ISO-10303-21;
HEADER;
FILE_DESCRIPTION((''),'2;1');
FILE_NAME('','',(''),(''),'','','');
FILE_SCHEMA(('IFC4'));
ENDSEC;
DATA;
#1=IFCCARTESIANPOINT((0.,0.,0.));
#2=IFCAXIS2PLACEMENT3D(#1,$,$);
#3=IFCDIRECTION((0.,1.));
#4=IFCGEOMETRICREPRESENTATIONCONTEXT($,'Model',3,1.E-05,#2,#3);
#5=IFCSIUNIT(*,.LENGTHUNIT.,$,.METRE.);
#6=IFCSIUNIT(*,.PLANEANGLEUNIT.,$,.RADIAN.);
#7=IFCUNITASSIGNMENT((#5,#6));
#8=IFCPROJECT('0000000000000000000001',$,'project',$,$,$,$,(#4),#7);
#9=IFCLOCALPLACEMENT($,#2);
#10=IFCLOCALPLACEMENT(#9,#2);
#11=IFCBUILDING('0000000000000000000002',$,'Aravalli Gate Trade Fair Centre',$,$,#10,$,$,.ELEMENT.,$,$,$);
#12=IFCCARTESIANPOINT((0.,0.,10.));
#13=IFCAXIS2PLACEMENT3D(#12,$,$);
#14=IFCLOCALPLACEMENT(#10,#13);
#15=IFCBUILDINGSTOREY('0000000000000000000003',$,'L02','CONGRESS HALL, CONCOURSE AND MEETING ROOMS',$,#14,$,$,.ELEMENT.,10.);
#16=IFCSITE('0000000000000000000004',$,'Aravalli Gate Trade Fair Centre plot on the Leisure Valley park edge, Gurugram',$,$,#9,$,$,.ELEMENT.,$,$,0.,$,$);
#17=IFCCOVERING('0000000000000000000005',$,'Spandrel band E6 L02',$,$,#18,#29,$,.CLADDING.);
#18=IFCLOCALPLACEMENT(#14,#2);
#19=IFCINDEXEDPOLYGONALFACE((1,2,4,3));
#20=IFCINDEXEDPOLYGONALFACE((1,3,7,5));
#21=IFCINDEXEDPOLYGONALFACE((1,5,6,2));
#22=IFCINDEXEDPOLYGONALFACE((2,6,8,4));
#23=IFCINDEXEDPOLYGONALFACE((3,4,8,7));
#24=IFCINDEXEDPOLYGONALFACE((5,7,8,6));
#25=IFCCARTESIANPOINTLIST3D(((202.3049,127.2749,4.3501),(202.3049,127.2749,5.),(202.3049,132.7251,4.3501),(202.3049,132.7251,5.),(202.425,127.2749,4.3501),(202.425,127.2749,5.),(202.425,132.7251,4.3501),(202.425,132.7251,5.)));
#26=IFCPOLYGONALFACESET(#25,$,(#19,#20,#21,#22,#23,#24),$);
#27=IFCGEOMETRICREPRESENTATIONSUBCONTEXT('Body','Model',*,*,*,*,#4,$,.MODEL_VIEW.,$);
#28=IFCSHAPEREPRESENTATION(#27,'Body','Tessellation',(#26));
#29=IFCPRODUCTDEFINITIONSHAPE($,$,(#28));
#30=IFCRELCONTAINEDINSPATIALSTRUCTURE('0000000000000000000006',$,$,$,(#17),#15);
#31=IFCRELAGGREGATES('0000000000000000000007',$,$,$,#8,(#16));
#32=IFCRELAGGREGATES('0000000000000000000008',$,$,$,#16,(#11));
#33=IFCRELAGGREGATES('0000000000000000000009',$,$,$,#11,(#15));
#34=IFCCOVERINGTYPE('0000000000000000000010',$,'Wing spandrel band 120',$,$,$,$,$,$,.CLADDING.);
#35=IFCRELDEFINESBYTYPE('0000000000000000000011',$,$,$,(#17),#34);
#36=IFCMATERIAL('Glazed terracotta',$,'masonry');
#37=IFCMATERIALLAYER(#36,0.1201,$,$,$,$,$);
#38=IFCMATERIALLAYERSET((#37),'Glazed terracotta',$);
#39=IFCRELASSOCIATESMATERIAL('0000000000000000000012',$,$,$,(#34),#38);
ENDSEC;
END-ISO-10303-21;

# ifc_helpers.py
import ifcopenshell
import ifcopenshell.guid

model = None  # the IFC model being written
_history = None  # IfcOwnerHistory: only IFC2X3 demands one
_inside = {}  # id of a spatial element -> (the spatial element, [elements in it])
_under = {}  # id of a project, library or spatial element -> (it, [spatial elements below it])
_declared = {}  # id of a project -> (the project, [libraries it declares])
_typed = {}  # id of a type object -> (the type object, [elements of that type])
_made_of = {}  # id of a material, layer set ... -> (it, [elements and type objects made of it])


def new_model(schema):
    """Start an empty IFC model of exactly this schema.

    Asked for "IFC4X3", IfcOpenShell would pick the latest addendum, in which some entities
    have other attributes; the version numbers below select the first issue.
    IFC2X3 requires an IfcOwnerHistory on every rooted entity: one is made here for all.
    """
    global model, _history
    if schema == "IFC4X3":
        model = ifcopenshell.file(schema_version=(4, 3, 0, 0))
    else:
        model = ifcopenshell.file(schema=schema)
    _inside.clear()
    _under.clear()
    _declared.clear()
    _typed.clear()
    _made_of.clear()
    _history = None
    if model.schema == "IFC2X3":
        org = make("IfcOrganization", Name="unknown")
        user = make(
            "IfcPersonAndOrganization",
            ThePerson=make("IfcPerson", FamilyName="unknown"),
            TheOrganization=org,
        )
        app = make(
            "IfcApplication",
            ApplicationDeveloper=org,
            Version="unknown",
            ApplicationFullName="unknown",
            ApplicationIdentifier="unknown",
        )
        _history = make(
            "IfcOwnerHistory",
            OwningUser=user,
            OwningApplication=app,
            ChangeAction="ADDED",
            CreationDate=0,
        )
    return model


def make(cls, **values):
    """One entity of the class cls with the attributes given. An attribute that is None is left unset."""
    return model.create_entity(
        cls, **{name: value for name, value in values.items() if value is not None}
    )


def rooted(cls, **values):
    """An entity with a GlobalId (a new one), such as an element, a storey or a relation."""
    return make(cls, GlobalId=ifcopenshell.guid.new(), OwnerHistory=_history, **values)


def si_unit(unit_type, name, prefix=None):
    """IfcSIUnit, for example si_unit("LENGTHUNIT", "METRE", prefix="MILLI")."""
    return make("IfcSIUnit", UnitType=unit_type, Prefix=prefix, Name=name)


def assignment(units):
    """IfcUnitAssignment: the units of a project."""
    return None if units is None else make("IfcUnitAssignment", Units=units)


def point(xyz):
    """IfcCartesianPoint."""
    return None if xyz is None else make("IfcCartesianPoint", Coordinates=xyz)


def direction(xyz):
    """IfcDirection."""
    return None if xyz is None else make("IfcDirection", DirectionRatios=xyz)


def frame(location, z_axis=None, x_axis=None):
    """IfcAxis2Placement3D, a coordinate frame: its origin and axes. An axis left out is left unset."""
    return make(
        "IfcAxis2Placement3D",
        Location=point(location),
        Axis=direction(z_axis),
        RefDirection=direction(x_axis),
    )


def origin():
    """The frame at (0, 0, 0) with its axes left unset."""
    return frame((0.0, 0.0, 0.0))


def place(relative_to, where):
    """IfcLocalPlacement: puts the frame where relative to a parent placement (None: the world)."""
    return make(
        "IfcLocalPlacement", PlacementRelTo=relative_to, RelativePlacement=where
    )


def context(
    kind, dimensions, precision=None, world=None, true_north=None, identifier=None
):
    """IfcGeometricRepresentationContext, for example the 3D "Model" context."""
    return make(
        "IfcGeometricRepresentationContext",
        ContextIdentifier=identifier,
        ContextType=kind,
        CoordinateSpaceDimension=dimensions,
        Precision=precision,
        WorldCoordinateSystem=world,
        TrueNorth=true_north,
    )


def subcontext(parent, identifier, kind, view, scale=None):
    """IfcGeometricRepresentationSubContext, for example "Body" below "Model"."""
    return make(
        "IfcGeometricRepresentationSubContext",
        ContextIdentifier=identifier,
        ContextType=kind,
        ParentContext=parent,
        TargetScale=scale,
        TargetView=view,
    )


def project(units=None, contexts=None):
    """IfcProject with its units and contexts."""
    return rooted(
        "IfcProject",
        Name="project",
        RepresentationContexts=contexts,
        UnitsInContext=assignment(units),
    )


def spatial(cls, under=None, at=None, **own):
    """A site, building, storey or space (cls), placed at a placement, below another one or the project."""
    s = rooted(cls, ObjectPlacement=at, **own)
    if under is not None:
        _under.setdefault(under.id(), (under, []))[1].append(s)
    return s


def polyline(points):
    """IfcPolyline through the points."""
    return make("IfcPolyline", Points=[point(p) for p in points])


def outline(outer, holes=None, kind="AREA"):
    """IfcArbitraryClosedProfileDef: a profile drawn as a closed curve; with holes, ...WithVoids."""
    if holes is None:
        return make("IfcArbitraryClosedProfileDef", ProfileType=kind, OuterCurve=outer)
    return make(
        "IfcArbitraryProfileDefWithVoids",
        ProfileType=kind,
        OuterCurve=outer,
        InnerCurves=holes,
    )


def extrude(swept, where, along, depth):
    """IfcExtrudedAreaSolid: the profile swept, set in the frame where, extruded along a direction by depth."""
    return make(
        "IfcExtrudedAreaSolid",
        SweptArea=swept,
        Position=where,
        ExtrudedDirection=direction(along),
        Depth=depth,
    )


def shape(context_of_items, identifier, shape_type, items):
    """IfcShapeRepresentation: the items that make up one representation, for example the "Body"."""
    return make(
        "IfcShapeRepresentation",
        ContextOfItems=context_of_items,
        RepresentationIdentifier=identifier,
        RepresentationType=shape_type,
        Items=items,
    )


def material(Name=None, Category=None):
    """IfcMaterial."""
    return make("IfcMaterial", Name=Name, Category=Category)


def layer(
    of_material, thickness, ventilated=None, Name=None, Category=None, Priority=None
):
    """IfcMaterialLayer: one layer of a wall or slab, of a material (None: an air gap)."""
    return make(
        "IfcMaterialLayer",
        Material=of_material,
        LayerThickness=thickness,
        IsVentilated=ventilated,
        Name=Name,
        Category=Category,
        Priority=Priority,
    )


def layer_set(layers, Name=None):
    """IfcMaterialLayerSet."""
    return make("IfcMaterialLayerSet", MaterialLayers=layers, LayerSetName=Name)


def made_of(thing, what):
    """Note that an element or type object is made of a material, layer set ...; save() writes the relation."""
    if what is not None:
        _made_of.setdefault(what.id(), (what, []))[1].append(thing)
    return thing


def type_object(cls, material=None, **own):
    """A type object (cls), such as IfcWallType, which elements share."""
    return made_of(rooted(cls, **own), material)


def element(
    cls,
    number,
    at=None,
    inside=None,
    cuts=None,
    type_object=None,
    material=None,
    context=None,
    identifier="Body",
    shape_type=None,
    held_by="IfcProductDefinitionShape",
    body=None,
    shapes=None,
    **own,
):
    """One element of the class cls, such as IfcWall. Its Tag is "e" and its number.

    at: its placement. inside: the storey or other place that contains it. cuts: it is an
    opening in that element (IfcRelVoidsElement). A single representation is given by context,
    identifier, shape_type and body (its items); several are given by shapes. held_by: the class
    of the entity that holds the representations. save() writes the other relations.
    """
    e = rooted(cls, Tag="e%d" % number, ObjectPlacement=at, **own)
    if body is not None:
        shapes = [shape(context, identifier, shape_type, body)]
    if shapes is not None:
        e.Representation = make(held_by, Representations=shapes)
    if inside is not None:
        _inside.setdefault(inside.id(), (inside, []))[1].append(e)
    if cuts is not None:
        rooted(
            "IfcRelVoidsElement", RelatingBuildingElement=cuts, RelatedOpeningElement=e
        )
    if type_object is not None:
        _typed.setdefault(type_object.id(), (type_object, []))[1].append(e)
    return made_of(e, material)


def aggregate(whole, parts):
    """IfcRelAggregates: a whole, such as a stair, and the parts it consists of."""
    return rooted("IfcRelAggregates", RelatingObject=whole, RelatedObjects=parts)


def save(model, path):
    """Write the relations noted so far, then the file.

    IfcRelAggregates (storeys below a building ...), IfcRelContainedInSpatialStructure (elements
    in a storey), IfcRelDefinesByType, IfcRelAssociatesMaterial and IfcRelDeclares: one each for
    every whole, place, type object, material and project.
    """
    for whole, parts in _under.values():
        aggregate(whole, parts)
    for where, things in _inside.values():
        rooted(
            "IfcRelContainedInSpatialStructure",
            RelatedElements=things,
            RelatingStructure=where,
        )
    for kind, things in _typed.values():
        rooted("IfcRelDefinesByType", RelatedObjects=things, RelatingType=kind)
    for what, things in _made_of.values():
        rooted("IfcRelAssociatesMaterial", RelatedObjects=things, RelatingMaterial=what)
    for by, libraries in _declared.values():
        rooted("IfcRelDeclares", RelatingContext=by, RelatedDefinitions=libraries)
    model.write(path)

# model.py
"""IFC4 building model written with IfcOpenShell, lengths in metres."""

from ifc_helpers import new_model, si_unit, direction, frame, origin, place, context, subcontext, project, spatial, polyline, outline, extrude, material, layer, layer_set, type_object, element, save


model = new_model("IFC4")

# Units and contexts
model_context = context("Model", 3, precision=1e-05, world=origin(), true_north=direction((0.0, 1.0)))
body_context = subcontext(model_context, "Body", "Model", "MODEL_VIEW")
ifc_project = project(units=[si_unit("LENGTHUNIT", "METRE"), si_unit("PLANEANGLEUNIT", "RADIAN")], contexts=[model_context])

# Site, building, storey
site_placement = place(None, origin())
site = spatial("IfcSite", under=ifc_project, at=site_placement, Name="Aravalli Gate Trade Fair Centre plot on the Leisure Valley park edge, Gurugram", CompositionType="ELEMENT", RefElevation=0.0)
building_placement = place(site_placement, origin())
building = spatial("IfcBuilding", under=site, at=building_placement, Name="Aravalli Gate Trade Fair Centre", CompositionType="ELEMENT")
storey_placement = place(building_placement, frame((0.0, 0.0, 10.0)))
storey = spatial("IfcBuildingStorey", under=building, at=storey_placement, Name="L02", Description="CONGRESS HALL, CONCOURSE AND MEETING ROOMS", CompositionType="ELEMENT", Elevation=10.0)

# Covering
ifc_material_1 = material(Name="Glazed terracotta", Category="masonry")
ifc_layer_1 = layer(ifc_material_1, 0.1201)
ifc_layer_set_1 = layer_set([ifc_layer_1], Name="Glazed terracotta")
covering_type = type_object("IfcCoveringType", Name="Wing spandrel band 120", PredefinedType="CLADDING", material=ifc_layer_set_1)
covering_1_placement = place(storey_placement, frame((0.0, 0.0, 4.3501)))
element("IfcCovering", 1, at=covering_1_placement, inside=storey, type_object=covering_type, Name="Spandrel band E6 L02", PredefinedType="CLADDING", context=body_context, shape_type="SweptSolid", body=[
    extrude(outline(polyline([(202.3049, 127.2749), (202.425, 127.2749), (202.425, 132.7251), (202.3049, 132.7251), (202.3049, 127.2749)])), origin(), (0.0, 0.0, 1.0), 0.6499),
])

save(model, "model.ifc")
